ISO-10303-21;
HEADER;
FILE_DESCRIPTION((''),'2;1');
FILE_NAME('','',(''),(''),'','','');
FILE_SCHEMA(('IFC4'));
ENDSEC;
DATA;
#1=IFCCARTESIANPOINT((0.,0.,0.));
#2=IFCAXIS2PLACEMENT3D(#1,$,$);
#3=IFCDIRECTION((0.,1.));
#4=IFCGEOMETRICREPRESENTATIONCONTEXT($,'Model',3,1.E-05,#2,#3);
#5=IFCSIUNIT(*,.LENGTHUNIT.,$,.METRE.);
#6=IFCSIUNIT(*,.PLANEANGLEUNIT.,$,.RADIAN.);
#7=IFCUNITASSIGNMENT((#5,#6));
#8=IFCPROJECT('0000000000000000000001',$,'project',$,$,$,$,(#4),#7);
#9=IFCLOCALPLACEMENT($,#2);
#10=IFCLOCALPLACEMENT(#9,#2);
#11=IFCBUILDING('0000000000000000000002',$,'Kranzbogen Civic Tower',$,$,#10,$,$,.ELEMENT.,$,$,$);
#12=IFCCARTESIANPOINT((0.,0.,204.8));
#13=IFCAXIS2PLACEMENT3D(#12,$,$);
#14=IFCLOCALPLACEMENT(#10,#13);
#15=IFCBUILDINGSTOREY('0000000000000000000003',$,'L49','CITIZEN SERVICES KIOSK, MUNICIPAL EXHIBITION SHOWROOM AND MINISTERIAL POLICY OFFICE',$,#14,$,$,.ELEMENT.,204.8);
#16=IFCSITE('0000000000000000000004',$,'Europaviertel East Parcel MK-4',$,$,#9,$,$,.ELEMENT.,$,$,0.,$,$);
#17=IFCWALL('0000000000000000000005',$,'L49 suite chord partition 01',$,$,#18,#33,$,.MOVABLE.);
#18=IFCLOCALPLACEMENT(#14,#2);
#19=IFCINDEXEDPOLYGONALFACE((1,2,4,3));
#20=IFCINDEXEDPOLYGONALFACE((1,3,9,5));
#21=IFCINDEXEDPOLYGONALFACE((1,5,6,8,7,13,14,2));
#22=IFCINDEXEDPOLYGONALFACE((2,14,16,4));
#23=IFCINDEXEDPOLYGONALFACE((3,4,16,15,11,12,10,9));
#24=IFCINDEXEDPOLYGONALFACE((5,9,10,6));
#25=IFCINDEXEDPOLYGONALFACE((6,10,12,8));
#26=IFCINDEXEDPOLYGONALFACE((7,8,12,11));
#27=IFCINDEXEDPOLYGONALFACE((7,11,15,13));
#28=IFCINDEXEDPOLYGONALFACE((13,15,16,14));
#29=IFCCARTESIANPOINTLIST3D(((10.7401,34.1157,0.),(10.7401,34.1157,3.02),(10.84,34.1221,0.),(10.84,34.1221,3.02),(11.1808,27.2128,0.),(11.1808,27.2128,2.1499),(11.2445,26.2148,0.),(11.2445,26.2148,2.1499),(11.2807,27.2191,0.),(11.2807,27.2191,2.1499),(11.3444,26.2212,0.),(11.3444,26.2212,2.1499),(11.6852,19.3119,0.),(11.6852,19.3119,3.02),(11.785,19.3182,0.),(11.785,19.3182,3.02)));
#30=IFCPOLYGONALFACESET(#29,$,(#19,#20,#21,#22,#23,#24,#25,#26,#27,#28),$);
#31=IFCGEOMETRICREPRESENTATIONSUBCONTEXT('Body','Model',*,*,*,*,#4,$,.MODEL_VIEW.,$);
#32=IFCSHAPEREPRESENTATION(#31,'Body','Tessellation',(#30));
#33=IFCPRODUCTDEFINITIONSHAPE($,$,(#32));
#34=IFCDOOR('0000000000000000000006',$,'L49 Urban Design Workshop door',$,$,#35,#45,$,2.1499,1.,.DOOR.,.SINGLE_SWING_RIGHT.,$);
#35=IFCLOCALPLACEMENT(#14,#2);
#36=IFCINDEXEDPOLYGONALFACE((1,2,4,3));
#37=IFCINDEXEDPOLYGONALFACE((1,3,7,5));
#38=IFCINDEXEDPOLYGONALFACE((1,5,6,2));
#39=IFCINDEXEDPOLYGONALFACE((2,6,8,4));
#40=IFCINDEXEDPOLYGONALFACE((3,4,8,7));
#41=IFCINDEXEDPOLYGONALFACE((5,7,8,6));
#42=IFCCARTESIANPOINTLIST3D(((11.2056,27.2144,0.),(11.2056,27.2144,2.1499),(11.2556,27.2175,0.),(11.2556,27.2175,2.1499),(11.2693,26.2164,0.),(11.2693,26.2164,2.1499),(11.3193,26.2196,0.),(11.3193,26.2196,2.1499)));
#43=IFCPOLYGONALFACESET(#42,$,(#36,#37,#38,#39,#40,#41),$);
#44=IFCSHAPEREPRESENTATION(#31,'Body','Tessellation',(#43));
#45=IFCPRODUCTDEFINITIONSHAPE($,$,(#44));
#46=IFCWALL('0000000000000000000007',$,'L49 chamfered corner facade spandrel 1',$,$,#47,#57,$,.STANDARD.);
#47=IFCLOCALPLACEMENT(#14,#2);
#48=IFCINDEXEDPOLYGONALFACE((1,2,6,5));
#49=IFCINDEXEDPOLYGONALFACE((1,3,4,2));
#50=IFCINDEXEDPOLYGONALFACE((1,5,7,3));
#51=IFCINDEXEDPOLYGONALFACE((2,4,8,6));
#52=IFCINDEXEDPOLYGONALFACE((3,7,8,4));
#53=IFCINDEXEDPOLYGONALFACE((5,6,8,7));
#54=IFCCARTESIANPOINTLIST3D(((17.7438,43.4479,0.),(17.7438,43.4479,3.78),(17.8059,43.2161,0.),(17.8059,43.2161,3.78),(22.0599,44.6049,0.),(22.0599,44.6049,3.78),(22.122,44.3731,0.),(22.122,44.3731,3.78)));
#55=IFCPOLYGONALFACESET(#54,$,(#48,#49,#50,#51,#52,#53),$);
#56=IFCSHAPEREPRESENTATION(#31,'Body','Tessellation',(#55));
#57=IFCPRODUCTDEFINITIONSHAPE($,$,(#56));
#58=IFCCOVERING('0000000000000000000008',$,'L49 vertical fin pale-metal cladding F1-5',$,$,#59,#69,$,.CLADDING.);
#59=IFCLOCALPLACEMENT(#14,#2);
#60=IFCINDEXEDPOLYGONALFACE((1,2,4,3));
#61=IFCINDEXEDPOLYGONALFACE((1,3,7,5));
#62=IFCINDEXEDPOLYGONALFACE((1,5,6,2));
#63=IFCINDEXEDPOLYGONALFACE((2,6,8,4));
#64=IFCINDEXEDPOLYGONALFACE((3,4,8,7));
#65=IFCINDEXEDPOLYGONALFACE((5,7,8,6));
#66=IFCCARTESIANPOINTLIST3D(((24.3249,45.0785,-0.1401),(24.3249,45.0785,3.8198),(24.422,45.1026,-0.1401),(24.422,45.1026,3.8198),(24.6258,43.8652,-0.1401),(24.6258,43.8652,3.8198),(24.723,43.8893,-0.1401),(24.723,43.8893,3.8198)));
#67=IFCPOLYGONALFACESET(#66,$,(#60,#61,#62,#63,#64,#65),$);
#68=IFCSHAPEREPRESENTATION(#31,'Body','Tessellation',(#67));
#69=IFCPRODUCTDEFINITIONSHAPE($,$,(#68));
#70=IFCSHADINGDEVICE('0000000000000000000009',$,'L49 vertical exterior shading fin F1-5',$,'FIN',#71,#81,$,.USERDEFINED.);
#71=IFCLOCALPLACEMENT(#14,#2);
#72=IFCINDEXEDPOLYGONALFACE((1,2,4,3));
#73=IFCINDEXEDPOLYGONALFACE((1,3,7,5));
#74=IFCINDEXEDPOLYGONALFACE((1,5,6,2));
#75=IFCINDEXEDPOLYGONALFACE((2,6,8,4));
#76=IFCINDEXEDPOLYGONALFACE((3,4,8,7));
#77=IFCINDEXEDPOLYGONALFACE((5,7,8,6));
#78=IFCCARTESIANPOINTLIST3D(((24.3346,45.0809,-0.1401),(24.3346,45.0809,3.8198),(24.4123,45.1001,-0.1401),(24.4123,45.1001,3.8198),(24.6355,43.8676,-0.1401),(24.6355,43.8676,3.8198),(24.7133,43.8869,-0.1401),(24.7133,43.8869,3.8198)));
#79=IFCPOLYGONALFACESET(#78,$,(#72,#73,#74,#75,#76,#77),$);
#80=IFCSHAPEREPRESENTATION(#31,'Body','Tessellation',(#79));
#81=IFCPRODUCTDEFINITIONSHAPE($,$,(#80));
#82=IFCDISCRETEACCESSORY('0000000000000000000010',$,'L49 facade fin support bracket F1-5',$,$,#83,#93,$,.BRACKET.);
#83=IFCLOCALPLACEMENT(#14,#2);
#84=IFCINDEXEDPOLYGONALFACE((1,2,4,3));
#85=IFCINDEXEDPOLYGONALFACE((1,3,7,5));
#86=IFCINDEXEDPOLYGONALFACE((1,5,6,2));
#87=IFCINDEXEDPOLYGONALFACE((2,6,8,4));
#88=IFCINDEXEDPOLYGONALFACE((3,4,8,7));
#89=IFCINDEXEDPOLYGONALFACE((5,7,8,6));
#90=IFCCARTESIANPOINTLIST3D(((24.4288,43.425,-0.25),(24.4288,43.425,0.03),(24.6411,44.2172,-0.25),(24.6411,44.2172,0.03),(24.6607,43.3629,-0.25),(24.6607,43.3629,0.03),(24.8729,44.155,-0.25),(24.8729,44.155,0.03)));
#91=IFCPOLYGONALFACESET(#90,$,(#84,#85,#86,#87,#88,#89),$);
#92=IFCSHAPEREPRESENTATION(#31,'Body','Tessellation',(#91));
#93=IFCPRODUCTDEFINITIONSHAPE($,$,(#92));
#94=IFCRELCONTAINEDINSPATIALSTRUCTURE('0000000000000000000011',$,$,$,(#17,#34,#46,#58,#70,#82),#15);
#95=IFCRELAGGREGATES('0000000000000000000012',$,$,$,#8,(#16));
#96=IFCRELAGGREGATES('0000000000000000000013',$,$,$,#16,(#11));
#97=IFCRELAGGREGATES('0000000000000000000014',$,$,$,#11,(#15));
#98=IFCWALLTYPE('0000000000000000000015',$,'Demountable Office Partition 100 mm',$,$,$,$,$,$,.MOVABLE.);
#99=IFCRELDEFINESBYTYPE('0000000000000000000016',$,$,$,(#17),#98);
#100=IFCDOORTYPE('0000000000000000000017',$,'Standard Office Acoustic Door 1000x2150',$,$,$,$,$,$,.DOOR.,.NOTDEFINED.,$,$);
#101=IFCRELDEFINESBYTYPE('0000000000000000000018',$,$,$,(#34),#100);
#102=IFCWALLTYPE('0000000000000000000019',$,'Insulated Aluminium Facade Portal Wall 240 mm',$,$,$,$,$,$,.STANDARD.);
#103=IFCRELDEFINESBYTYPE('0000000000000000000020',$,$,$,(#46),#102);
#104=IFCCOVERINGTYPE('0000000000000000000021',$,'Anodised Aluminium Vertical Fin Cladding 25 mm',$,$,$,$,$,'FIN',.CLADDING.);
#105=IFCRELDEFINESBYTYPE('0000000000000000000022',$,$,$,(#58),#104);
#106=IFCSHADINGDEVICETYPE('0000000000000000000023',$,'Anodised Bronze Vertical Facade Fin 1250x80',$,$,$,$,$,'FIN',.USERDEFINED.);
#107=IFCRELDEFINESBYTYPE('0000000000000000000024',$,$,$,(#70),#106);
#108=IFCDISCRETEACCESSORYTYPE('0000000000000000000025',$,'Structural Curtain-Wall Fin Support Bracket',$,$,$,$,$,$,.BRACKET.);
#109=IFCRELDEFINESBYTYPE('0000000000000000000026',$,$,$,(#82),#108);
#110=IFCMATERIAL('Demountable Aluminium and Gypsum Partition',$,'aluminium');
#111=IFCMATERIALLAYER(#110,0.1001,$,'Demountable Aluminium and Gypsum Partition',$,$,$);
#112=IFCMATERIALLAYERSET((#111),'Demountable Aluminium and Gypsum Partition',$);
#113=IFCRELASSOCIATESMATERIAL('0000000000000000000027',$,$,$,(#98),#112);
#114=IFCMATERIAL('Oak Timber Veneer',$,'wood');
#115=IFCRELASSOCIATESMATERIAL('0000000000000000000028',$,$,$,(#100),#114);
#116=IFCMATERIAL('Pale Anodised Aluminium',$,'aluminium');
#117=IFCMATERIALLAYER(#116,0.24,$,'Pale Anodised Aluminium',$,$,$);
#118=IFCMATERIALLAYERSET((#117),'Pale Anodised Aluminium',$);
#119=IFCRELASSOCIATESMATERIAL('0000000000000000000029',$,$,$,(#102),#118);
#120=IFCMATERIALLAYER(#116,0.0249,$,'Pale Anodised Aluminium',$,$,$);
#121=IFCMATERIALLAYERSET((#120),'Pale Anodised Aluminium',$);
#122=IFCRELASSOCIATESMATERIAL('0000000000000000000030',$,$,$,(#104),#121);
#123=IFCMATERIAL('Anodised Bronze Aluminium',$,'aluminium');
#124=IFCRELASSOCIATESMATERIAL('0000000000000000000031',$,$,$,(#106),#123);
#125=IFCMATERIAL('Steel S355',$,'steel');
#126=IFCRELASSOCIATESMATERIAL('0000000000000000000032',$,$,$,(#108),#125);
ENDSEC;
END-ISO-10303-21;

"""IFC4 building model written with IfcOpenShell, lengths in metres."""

from ifc_helpers import new_model, si_unit, direction, frame, frame_2d, origin, origin_2d, place, context, subcontext, project, spatial, rectangle, extrude, material, layer, layer_set, type_object, element, fill, save


model = new_model("IFC4")

# Units and contexts
model_context = context("Model", 3, precision=1e-05, world=origin(), true_north=direction((0.0, 1.0)))
body_context = subcontext(model_context, "Body", "Model", "MODEL_VIEW")
ifc_project = project(units=[si_unit("LENGTHUNIT", "METRE"), si_unit("PLANEANGLEUNIT", "RADIAN")], contexts=[model_context])

# Site, building, storey
site_placement = place(None, origin())
site = spatial("IfcSite", under=ifc_project, at=site_placement, Name="Europaviertel East Parcel MK-4", CompositionType="ELEMENT", RefElevation=0.0)
building_placement = place(site_placement, origin())
building = spatial("IfcBuilding", under=site, at=building_placement, Name="Kranzbogen Civic Tower", CompositionType="ELEMENT")
storey_placement = place(building_placement, frame((0.0, 0.0, 204.8)))
storey = spatial("IfcBuildingStorey", under=building, at=storey_placement, Name="L49", Description="CITIZEN SERVICES KIOSK, MUNICIPAL EXHIBITION SHOWROOM AND MINISTERIAL POLICY OFFICE", CompositionType="ELEMENT", Elevation=204.8)

# Shared definitions
ifc_material_1 = material(Name="Steel S355", Category="steel")

# Shared definitions
ifc_material_2 = material(Name="Pale Anodised Aluminium", Category="aluminium")

# Shared definitions
ifc_material_3 = material(Name="Demountable Aluminium and Gypsum Partition", Category="aluminium")
ifc_layer_1 = layer(ifc_material_3, 0.1001, Name="Demountable Aluminium and Gypsum Partition")
ifc_layer_set_1 = layer_set([ifc_layer_1], Name="Demountable Aluminium and Gypsum Partition")
wall_type_1 = type_object("IfcWallType", Name="Demountable Office Partition 100 mm", PredefinedType="MOVABLE", material=ifc_layer_set_1)

# Wall, opening, door
wall_1_placement = place(storey_placement, frame((10.79, 34.1189, 0.0), z_axis=(0.0, 0.0, 1.0), x_axis=(0.063709, -0.997969, 0.0)))
wall_1 = element("IfcWall", 1, at=wall_1_placement, inside=storey, type_object=wall_type_1, Name="L49 suite chord partition 01", PredefinedType="MOVABLE", context=body_context, shape_type="SweptSolid", body=[
    extrude(rectangle(XDim=14.834, YDim=0.1001, at=frame_2d((7.417, 0.0))), origin(), (0.0, 0.0, 1.0), 3.02),
])
opening_1_placement = place(wall_1_placement, frame((6.917, 0.0, 0.0)))
opening_1 = element("IfcOpeningElement", 2, at=opening_1_placement, cuts=wall_1, PredefinedType="OPENING", context=body_context, shape_type="SweptSolid", body=[
    extrude(rectangle(XDim=1.0, YDim=2.1499, at=frame_2d((0.5, 1.075))), frame((0.0, 0.0601, 0.0), z_axis=(0.0, -1.0, 0.0), x_axis=(1.0, 0.0, 0.0)), (0.0, 0.0, 1.0), 0.1201),
])
ifc_material_4 = material(Name="Oak Timber Veneer", Category="wood")
door_type_1 = type_object("IfcDoorType", Name="Standard Office Acoustic Door 1000x2150", OperationType="NOTDEFINED", PredefinedType="DOOR", material=ifc_material_4)
door_1_placement = place(opening_1_placement, origin())
door_1 = element("IfcDoor", 3, at=door_1_placement, inside=storey, type_object=door_type_1, Name="L49 Urban Design Workshop door", OperationType="SINGLE_SWING_RIGHT", OverallHeight=2.1499, OverallWidth=1.0, PredefinedType="DOOR", context=body_context, shape_type="SweptSolid", body=[
    extrude(rectangle(XDim=1.0, YDim=2.1499, at=frame_2d((0.5, 1.075))), frame((0.0, 0.0249, 0.0), z_axis=(0.0, -1.0, 0.0), x_axis=(1.0, 0.0, 0.0)), (0.0, 0.0, 1.0), 0.05),
])
fill(opening_1, door_1)

# Wall
ifc_layer_2 = layer(ifc_material_2, 0.24, Name="Pale Anodised Aluminium")
ifc_layer_set_2 = layer_set([ifc_layer_2], Name="Pale Anodised Aluminium")
wall_type_2 = type_object("IfcWallType", Name="Insulated Aluminium Facade Portal Wall 240 mm", PredefinedType="STANDARD", material=ifc_layer_set_2)
wall_2_placement = place(storey_placement, frame((22.0911, 44.489, 0.0), z_axis=(0.0, 0.0, 1.0), x_axis=(-0.9659, -0.258917, 0.0)))
element("IfcWall", 4, at=wall_2_placement, inside=storey, type_object=wall_type_2, Name="L49 chamfered corner facade spandrel 1", PredefinedType="STANDARD", context=body_context, shape_type="SweptSolid", body=[
    extrude(rectangle(XDim=4.4685, YDim=0.24, at=frame_2d((2.2344, 0.0))), origin(), (0.0, 0.0, 1.0), 3.78),
])

# Covering
ifc_layer_3 = layer(ifc_material_2, 0.0249, Name="Pale Anodised Aluminium")
ifc_layer_set_3 = layer_set([ifc_layer_3], Name="Pale Anodised Aluminium")
covering_type = type_object("IfcCoveringType", Name="Anodised Aluminium Vertical Fin Cladding 25 mm", ElementType="FIN", PredefinedType="CLADDING", material=ifc_layer_set_3)
covering_placement = place(storey_placement, frame((24.5239, 44.4839, -0.1401), z_axis=(0.0, 0.0, 1.0), x_axis=(-0.24077, 0.970582, 0.0)))
element("IfcCovering", 5, at=covering_placement, inside=storey, type_object=covering_type, Name="L49 vertical fin pale-metal cladding F1-5", PredefinedType="CLADDING", context=body_context, shape_type="SweptSolid", body=[
    extrude(rectangle(XDim=1.25, YDim=0.1001, at=origin_2d()), origin(), (0.0, 0.0, 1.0), 3.96),
])

# Shading device
ifc_material_5 = material(Name="Anodised Bronze Aluminium", Category="aluminium")
shading_device_type = type_object("IfcShadingDeviceType", Name="Anodised Bronze Vertical Facade Fin 1250x80", ElementType="FIN", PredefinedType="USERDEFINED", material=ifc_material_5)
shading_device_placement = place(storey_placement, frame((24.5239, 44.4839, -0.1401), z_axis=(0.0, 0.0, 1.0), x_axis=(-0.24077, 0.970582, 0.0)))
element("IfcShadingDevice", 6, at=shading_device_placement, inside=storey, type_object=shading_device_type, Name="L49 vertical exterior shading fin F1-5", ObjectType="FIN", PredefinedType="USERDEFINED", context=body_context, shape_type="SweptSolid", body=[
    extrude(rectangle(XDim=1.25, YDim=0.0801, at=origin_2d()), origin(), (0.0, 0.0, 1.0), 3.96),
])

# Discrete accessory
discrete_accessory_type = type_object("IfcDiscreteAccessoryType", Name="Structural Curtain-Wall Fin Support Bracket", PredefinedType="BRACKET", material=ifc_material_1)
discrete_accessory_placement = place(storey_placement, frame((24.6509, 43.79, -0.25), z_axis=(0.0, 0.0, 1.0), x_axis=(0.258819, 0.965926, 0.0)))
element("IfcDiscreteAccessory", 7, at=discrete_accessory_placement, inside=storey, type_object=discrete_accessory_type, Name="L49 facade fin support bracket F1-5", PredefinedType="BRACKET", context=body_context, shape_type="SweptSolid", body=[
    extrude(rectangle(XDim=0.8201, YDim=0.24, at=origin_2d()), origin(), (0.0, 0.0, 1.0), 0.28),
])

save(model, "model.ifc")
